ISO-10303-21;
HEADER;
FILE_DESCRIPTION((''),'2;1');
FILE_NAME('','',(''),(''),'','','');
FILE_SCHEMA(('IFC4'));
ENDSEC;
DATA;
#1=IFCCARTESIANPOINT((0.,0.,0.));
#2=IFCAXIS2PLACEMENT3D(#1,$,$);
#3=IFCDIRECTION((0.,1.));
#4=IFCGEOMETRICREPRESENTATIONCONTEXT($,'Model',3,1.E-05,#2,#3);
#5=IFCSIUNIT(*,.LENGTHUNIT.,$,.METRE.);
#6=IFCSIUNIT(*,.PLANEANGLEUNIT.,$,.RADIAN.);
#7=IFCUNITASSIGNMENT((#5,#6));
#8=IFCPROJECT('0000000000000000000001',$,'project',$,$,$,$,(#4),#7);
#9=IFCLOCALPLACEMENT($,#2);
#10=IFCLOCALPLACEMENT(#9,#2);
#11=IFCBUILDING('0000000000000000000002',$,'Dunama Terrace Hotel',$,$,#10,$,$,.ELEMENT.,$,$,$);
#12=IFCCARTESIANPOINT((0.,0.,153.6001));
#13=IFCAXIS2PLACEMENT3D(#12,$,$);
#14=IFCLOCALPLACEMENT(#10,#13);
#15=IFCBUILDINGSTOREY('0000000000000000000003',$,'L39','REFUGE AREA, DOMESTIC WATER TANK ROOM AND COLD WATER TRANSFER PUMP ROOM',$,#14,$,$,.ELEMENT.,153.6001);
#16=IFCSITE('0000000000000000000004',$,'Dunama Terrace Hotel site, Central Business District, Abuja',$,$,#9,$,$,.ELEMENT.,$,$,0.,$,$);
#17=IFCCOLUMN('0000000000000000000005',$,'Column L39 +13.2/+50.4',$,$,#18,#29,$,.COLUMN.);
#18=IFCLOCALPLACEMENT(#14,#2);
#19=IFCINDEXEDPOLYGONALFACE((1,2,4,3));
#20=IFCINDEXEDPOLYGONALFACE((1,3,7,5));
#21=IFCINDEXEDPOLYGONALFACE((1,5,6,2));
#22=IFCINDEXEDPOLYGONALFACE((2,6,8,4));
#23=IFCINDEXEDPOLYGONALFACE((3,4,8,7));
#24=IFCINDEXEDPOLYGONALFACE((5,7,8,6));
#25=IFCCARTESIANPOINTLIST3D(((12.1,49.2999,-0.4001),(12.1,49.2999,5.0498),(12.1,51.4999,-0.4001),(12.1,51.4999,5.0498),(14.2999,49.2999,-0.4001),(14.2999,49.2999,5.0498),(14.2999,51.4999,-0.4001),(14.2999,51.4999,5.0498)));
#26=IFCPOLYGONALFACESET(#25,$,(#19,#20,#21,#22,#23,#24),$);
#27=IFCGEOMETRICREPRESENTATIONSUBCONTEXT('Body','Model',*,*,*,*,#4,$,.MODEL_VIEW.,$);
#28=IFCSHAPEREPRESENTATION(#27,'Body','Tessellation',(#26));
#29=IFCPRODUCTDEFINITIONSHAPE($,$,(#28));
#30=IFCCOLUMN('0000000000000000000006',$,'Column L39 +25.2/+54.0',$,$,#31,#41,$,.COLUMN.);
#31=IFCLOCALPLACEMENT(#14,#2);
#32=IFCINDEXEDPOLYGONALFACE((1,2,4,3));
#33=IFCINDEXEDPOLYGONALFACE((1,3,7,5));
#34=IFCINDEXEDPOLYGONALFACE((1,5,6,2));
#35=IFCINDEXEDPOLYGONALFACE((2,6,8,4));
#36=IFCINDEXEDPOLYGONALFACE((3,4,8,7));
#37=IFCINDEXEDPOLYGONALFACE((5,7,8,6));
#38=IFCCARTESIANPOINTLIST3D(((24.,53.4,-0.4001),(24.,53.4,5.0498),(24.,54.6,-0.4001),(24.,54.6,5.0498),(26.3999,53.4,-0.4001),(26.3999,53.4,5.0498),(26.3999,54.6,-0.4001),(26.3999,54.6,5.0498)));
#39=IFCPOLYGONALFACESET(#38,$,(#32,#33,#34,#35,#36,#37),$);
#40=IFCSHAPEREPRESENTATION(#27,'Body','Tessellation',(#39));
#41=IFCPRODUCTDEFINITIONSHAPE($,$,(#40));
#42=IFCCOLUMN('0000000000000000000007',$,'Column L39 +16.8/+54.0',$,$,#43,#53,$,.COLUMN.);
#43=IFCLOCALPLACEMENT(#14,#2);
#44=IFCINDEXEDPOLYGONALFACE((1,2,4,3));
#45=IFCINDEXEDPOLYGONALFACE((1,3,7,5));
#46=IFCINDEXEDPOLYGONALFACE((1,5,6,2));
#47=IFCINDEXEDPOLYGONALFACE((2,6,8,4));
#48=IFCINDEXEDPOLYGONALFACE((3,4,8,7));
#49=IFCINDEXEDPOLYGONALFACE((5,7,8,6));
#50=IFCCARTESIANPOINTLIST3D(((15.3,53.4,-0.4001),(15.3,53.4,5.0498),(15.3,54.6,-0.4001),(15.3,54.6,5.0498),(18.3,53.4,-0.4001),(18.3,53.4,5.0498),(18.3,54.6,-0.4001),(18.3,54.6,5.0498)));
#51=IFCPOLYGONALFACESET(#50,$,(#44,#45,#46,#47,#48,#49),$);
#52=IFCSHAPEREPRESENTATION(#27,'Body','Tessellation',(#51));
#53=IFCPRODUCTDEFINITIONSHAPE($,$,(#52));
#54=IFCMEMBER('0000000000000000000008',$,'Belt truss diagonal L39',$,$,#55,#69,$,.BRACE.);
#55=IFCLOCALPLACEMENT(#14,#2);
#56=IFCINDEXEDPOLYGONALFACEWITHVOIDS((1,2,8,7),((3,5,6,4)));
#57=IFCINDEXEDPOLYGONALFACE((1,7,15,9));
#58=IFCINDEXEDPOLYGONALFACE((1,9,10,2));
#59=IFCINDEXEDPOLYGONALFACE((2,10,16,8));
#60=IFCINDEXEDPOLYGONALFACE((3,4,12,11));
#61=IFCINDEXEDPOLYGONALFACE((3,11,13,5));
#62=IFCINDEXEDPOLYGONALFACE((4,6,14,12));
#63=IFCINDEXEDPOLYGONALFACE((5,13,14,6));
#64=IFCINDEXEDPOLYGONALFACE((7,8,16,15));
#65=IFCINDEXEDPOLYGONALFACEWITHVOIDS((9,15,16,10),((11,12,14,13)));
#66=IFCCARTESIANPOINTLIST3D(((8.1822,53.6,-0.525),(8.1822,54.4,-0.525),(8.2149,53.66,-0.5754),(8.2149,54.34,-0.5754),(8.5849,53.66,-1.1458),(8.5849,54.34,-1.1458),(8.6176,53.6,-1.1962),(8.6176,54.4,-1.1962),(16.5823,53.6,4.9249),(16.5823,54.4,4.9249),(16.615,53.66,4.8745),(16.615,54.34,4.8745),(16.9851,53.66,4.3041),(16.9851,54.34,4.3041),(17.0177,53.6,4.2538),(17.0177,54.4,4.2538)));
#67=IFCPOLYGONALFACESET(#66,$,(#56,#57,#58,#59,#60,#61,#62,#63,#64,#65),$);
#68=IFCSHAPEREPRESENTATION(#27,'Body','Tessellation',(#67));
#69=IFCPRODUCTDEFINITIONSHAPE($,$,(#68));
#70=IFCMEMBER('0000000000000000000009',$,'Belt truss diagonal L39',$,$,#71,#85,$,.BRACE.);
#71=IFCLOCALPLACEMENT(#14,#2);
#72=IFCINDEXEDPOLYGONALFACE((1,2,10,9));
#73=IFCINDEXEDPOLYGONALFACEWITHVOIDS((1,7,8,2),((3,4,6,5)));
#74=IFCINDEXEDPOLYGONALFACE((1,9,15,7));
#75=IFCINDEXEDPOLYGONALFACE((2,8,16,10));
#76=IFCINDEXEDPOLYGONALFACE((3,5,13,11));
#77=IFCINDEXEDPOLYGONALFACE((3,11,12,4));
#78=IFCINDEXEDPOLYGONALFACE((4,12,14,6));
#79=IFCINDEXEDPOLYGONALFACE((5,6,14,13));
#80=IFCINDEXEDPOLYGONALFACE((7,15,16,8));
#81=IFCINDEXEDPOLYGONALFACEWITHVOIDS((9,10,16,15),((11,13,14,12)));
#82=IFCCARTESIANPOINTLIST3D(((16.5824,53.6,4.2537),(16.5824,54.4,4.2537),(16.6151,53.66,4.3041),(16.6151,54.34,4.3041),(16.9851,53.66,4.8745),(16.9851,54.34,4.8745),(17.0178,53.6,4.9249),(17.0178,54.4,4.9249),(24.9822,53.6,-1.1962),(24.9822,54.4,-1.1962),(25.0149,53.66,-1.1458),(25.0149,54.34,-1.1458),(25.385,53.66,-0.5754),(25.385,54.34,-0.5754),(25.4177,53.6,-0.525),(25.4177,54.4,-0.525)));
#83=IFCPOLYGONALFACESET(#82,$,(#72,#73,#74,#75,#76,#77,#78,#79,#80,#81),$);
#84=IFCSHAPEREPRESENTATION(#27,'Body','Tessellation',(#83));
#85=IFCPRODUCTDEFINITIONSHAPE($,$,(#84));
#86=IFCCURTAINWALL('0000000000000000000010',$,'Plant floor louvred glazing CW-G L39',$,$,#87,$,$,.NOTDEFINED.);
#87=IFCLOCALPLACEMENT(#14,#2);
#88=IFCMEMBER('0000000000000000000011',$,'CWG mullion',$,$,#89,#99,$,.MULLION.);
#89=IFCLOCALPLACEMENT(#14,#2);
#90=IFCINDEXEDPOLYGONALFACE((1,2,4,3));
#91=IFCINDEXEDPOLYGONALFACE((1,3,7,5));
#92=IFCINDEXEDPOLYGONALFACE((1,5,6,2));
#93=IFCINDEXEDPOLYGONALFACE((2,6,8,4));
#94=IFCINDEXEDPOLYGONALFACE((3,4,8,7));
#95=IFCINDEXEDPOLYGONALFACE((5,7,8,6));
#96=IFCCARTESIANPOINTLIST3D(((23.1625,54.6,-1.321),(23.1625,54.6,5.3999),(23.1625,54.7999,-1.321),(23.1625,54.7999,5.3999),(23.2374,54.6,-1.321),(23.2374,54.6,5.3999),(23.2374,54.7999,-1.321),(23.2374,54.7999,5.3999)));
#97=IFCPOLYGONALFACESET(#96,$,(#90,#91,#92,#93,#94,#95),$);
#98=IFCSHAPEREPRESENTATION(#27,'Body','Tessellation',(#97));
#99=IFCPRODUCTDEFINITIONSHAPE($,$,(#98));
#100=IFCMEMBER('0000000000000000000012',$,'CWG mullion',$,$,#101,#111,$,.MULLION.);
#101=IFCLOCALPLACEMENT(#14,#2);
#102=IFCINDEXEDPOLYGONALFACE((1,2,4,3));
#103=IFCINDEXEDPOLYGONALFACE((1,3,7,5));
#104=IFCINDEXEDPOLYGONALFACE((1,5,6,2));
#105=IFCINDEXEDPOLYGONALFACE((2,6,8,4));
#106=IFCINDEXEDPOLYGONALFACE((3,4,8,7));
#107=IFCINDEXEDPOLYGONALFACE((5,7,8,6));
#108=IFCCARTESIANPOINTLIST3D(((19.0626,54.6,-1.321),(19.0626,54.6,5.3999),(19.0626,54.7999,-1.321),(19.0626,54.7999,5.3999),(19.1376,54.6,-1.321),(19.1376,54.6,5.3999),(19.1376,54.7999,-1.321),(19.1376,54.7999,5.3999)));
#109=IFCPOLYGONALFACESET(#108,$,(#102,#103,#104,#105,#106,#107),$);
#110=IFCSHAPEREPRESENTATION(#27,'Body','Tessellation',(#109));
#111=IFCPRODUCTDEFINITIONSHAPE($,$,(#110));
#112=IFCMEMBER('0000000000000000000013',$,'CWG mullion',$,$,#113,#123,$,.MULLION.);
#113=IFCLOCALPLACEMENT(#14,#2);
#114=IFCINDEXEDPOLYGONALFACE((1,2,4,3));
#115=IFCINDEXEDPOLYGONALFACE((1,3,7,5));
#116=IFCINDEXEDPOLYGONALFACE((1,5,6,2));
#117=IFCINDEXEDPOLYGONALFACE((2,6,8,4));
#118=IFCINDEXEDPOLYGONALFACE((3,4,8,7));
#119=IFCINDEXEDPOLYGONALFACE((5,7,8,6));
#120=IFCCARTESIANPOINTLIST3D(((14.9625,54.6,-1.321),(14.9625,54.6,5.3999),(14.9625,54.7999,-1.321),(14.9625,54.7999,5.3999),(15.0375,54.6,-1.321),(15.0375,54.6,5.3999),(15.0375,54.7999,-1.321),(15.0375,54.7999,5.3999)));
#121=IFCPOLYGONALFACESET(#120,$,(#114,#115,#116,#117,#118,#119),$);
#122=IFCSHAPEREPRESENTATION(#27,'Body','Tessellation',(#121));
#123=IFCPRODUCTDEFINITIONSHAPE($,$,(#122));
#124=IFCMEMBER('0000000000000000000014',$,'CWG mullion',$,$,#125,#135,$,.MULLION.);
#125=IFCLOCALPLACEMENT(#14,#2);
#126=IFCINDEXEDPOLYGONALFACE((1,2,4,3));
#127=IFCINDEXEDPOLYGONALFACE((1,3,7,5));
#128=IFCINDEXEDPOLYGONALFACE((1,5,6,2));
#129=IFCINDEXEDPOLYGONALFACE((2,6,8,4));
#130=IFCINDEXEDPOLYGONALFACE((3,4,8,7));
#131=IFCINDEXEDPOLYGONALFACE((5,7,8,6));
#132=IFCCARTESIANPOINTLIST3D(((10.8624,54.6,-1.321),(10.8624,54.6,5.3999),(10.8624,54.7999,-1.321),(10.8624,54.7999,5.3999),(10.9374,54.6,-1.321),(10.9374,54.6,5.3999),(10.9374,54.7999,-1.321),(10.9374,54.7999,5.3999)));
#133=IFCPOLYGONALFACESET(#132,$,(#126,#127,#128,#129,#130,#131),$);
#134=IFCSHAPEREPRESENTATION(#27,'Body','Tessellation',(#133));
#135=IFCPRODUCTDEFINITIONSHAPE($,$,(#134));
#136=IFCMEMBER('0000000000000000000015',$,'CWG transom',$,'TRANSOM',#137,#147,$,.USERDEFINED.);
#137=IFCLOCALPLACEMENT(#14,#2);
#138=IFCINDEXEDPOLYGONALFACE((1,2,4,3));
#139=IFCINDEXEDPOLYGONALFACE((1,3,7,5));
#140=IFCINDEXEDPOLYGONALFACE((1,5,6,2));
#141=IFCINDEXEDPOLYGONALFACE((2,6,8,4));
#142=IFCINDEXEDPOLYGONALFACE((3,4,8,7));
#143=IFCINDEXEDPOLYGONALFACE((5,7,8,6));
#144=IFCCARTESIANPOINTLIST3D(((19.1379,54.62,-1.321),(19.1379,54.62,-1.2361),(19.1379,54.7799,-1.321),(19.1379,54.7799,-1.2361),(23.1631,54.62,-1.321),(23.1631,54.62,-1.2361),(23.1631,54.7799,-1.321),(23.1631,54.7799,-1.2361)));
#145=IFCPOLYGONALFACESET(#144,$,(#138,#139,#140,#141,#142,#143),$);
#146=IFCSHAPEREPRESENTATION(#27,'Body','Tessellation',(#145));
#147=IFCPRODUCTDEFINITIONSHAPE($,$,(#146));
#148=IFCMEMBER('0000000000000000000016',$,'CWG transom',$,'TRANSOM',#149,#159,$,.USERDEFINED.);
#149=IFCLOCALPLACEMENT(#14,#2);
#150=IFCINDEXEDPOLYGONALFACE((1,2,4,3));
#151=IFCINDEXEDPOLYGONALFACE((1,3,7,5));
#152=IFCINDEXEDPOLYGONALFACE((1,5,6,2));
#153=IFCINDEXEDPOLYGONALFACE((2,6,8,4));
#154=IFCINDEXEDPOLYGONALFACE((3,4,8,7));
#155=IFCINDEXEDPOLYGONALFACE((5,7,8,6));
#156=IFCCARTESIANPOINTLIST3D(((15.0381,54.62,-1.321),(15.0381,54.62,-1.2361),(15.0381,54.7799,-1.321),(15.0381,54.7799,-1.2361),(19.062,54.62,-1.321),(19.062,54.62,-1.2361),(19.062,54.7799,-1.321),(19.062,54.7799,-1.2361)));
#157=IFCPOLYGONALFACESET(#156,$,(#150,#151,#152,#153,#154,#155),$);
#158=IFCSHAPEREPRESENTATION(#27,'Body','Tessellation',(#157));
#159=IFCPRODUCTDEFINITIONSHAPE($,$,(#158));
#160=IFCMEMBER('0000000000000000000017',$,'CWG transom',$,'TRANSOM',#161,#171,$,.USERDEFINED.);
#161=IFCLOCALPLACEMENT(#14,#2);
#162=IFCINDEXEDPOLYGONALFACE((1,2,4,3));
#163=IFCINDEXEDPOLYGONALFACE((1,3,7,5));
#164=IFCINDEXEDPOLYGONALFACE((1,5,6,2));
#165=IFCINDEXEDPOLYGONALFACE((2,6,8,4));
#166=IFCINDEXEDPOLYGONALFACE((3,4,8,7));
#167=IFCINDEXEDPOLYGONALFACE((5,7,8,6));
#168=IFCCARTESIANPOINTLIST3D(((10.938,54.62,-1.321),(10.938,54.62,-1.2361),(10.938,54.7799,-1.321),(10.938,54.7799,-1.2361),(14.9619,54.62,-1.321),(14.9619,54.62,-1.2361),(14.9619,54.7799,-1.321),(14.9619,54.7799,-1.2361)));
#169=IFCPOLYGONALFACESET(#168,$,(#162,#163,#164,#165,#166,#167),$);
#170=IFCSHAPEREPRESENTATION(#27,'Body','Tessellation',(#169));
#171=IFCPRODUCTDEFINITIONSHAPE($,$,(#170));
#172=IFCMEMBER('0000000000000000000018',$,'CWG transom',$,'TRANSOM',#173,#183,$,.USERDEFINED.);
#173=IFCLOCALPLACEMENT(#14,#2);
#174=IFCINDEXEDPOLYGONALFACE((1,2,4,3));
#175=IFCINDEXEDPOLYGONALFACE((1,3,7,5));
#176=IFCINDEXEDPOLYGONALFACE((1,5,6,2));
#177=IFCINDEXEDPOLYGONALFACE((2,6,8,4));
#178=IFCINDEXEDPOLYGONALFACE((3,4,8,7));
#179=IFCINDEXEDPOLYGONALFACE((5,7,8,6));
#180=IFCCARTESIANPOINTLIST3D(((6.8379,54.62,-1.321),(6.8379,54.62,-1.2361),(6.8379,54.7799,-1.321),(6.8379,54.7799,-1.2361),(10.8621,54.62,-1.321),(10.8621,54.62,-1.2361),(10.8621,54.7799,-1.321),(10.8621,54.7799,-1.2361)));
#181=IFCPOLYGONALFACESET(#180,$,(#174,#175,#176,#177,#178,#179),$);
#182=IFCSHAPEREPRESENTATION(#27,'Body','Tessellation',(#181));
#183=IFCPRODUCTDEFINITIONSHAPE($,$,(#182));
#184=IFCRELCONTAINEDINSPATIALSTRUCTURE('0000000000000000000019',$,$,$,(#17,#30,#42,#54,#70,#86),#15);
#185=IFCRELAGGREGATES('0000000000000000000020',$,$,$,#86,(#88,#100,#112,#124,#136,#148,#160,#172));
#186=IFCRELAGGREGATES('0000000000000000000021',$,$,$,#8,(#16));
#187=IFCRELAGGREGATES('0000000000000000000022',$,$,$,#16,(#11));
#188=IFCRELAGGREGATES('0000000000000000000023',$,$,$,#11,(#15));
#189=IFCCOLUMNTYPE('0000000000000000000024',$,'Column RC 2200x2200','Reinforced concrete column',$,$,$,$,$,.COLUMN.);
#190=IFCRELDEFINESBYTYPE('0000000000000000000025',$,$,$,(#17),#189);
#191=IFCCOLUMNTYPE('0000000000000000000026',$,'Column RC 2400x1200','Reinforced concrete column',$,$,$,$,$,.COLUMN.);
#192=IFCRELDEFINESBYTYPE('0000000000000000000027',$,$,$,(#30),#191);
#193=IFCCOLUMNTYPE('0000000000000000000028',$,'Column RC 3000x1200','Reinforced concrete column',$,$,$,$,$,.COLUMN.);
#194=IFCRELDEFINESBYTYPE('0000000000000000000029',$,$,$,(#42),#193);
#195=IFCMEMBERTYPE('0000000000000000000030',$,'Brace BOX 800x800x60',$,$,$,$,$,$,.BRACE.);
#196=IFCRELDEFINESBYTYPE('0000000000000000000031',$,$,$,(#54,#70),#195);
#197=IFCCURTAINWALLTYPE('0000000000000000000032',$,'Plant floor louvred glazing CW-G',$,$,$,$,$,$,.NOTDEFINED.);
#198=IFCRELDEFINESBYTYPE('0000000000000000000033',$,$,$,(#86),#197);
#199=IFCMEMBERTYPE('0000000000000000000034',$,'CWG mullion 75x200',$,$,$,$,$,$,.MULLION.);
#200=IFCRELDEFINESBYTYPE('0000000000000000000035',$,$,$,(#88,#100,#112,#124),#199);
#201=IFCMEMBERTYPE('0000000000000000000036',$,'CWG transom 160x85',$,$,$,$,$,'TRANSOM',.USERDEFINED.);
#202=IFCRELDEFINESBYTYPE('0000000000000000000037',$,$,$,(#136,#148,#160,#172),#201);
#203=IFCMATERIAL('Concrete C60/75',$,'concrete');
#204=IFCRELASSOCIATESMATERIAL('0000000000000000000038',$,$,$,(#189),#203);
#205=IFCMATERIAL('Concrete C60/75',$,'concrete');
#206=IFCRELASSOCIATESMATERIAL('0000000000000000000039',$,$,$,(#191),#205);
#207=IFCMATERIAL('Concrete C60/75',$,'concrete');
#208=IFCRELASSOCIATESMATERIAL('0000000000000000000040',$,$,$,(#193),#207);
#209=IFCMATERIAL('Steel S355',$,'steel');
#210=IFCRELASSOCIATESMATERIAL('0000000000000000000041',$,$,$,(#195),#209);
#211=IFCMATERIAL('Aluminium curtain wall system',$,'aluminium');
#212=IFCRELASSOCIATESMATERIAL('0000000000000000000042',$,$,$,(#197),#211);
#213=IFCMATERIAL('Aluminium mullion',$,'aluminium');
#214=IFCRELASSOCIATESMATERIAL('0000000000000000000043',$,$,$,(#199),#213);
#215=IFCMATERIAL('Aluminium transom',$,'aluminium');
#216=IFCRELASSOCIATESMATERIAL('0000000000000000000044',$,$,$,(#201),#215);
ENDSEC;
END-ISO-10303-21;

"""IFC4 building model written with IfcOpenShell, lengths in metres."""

from ifc_helpers import new_model, si_unit, direction, frame, origin, origin_2d, place, context, subcontext, project, spatial, rectangle, hollow_rectangle, extrude, material, material_profile, profile_set, type_object, element, aggregate, save


model = new_model("IFC4")

# Units and contexts
model_context = context("Model", 3, precision=1e-05, world=origin(), true_north=direction((0.0, 1.0)))
body_context = subcontext(model_context, "Body", "Model", "MODEL_VIEW")
ifc_project = project(units=[si_unit("LENGTHUNIT", "METRE"), si_unit("PLANEANGLEUNIT", "RADIAN")], contexts=[model_context])

# Site, building, storey
site_placement = place(None, origin())
site = spatial("IfcSite", under=ifc_project, at=site_placement, Name="Dunama Terrace Hotel site, Central Business District, Abuja", CompositionType="ELEMENT", RefElevation=0.0)
building_placement = place(site_placement, origin())
building = spatial("IfcBuilding", under=site, at=building_placement, Name="Dunama Terrace Hotel", CompositionType="ELEMENT")
storey_placement = place(building_placement, frame((0.0, 0.0, 153.6001)))
storey = spatial("IfcBuildingStorey", under=building, at=storey_placement, Name="L39", Description="REFUGE AREA, DOMESTIC WATER TANK ROOM AND COLD WATER TRANSFER PUMP ROOM", CompositionType="ELEMENT", Elevation=153.6001)

# Columns
ifc_material_1 = material(Name="Concrete C60/75", Category="concrete")
ifc_material_profile_1 = material_profile(ifc_material_1, rectangle(XDim=2.2, YDim=2.2, at=origin_2d()), Name="RC 2200x2200")
ifc_profile_set_1 = profile_set([ifc_material_profile_1], Name="Concrete C60/75")
column_type_1 = type_object("IfcColumnType", Name="Column RC 2200x2200", Description="Reinforced concrete column", PredefinedType="COLUMN", material=ifc_profile_set_1)
column_1_placement = place(storey_placement, frame((13.2, 50.3999, -0.4001), z_axis=(0.0, 0.0, 1.0), x_axis=(1.0, 0.0, 0.0)))
element("IfcColumn", 1, at=column_1_placement, inside=storey, type_object=column_type_1, Name="Column L39 +13.2/+50.4", PredefinedType="COLUMN", context=body_context, shape_type="SweptSolid", body=[
    extrude(rectangle(XDim=2.2, YDim=2.2, at=origin_2d()), origin(), (0.0, 0.0, 1.0), 5.45),
])
ifc_material_2 = material(Name="Concrete C60/75", Category="concrete")
ifc_material_profile_2 = material_profile(ifc_material_2, rectangle(XDim=2.3999, YDim=1.2, at=origin_2d()), Name="RC 2400x1200")
ifc_profile_set_2 = profile_set([ifc_material_profile_2], Name="Concrete C60/75")
column_type_2 = type_object("IfcColumnType", Name="Column RC 2400x1200", Description="Reinforced concrete column", PredefinedType="COLUMN", material=ifc_profile_set_2)
column_2_placement = place(storey_placement, frame((25.2, 54.0, -0.4001), z_axis=(0.0, 0.0, 1.0), x_axis=(1.0, 0.0, 0.0)))
element("IfcColumn", 2, at=column_2_placement, inside=storey, type_object=column_type_2, Name="Column L39 +25.2/+54.0", PredefinedType="COLUMN", context=body_context, shape_type="SweptSolid", body=[
    extrude(rectangle(XDim=2.3999, YDim=1.2, at=origin_2d()), origin(), (0.0, 0.0, 1.0), 5.45),
])
ifc_material_3 = material(Name="Concrete C60/75", Category="concrete")
ifc_material_profile_3 = material_profile(ifc_material_3, rectangle(XDim=3.0, YDim=1.2, at=origin_2d()), Name="RC 3000x1200")
ifc_profile_set_3 = profile_set([ifc_material_profile_3], Name="Concrete C60/75")
column_type_3 = type_object("IfcColumnType", Name="Column RC 3000x1200", Description="Reinforced concrete column", PredefinedType="COLUMN", material=ifc_profile_set_3)
column_3_placement = place(storey_placement, frame((16.8, 54.0, -0.4001), z_axis=(0.0, 0.0, 1.0), x_axis=(1.0, 0.0, 0.0)))
element("IfcColumn", 3, at=column_3_placement, inside=storey, type_object=column_type_3, Name="Column L39 +16.8/+54.0", PredefinedType="COLUMN", context=body_context, shape_type="SweptSolid", body=[
    extrude(rectangle(XDim=3.0, YDim=1.2, at=origin_2d()), origin(), (0.0, 0.0, 1.0), 5.45),
])

# Members
ifc_material_4 = material(Name="Steel S355", Category="steel")
ifc_material_profile_4 = material_profile(ifc_material_4, hollow_rectangle(XDim=0.8, YDim=0.8, WallThickness=0.0601, at=origin_2d()), Name="BOX 800x800x60")
ifc_profile_set_4 = profile_set([ifc_material_profile_4], Name="Steel S355")
member_type_1 = type_object("IfcMemberType", Name="Brace BOX 800x800x60", PredefinedType="BRACE", material=ifc_profile_set_4)
member_1_placement = place(storey_placement, frame((8.3999, 54.0, -0.8606), z_axis=(0.838906, 0.0, 0.544276), x_axis=(0.0, 1.0, 0.0)))
element("IfcMember", 4, at=member_1_placement, inside=storey, type_object=member_type_1, Name="Belt truss diagonal L39", PredefinedType="BRACE", context=body_context, shape_type="SweptSolid", body=[
    extrude(hollow_rectangle(XDim=0.8, YDim=0.8, WallThickness=0.0601, at=origin_2d()), origin(), (0.0, 0.0, 1.0), 10.0132),
])
member_2_placement = place(storey_placement, frame((25.2, 54.0, -0.8606), z_axis=(-0.838899, 0.0, 0.544287), x_axis=(0.0, -1.0, 0.0)))
element("IfcMember", 5, at=member_2_placement, inside=storey, type_object=member_type_1, Name="Belt truss diagonal L39", PredefinedType="BRACE", context=body_context, shape_type="SweptSolid", body=[
    extrude(hollow_rectangle(XDim=0.8, YDim=0.8, WallThickness=0.0601, at=origin_2d()), origin(), (0.0, 0.0, 1.0), 10.0129),
])

# Curtain wall, members
ifc_material_5 = material(Name="Aluminium curtain wall system", Category="aluminium")
curtain_wall_type = type_object("IfcCurtainWallType", Name="Plant floor louvred glazing CW-G", PredefinedType="NOTDEFINED", material=ifc_material_5)
curtain_wall_placement = place(storey_placement, origin())
curtain_wall = element("IfcCurtainWall", 6, at=curtain_wall_placement, inside=storey, type_object=curtain_wall_type, Name="Plant floor louvred glazing CW-G L39", PredefinedType="NOTDEFINED")
ifc_material_6 = material(Name="Aluminium mullion", Category="aluminium")
ifc_material_profile_5 = material_profile(ifc_material_6, rectangle(XDim=0.075, YDim=0.2, at=origin_2d()), Name="CWG MULLION 75X200")
ifc_profile_set_5 = profile_set([ifc_material_profile_5], Name="Aluminium mullion")
member_type_2 = type_object("IfcMemberType", Name="CWG mullion 75x200", PredefinedType="MULLION", material=ifc_profile_set_5)
member_3_placement = place(storey_placement, frame((23.2, 54.7, -1.321), z_axis=(0.0, 0.0, 1.0), x_axis=(-1.0, 0.0, 0.0)))
member_3 = element("IfcMember", 7, at=member_3_placement, type_object=member_type_2, Name="CWG mullion", PredefinedType="MULLION", context=body_context, shape_type="SweptSolid", body=[
    extrude(rectangle(XDim=0.075, YDim=0.2, at=origin_2d()), origin(), (0.0, 0.0, 1.0), 6.7209),
])
member_4_placement = place(storey_placement, frame((19.1001, 54.7, -1.321), z_axis=(0.0, 0.0, 1.0), x_axis=(-1.0, 0.0, 0.0)))
member_4 = element("IfcMember", 8, at=member_4_placement, type_object=member_type_2, Name="CWG mullion", PredefinedType="MULLION", context=body_context, shape_type="SweptSolid", body=[
    extrude(rectangle(XDim=0.075, YDim=0.2, at=origin_2d()), origin(), (0.0, 0.0, 1.0), 6.7209),
])
member_5_placement = place(storey_placement, frame((15.0, 54.7, -1.321), z_axis=(0.0, 0.0, 1.0), x_axis=(-1.0, 0.0, 0.0)))
member_5 = element("IfcMember", 9, at=member_5_placement, type_object=member_type_2, Name="CWG mullion", PredefinedType="MULLION", context=body_context, shape_type="SweptSolid", body=[
    extrude(rectangle(XDim=0.075, YDim=0.2, at=origin_2d()), origin(), (0.0, 0.0, 1.0), 6.7209),
])
member_6_placement = place(storey_placement, frame((10.8999, 54.7, -1.321), z_axis=(0.0, 0.0, 1.0), x_axis=(-1.0, 0.0, 0.0)))
member_6 = element("IfcMember", 10, at=member_6_placement, type_object=member_type_2, Name="CWG mullion", PredefinedType="MULLION", context=body_context, shape_type="SweptSolid", body=[
    extrude(rectangle(XDim=0.075, YDim=0.2, at=origin_2d()), origin(), (0.0, 0.0, 1.0), 6.7209),
])
ifc_material_7 = material(Name="Aluminium transom", Category="aluminium")
ifc_material_profile_6 = material_profile(ifc_material_7, rectangle(XDim=0.1599, YDim=0.085, at=origin_2d()), Name="CWG TRANSOM 160X85")
ifc_profile_set_6 = profile_set([ifc_material_profile_6], Name="Aluminium transom")
member_type_3 = type_object("IfcMemberType", Name="CWG transom 160x85", ElementType="TRANSOM", PredefinedType="USERDEFINED", material=ifc_profile_set_6)
member_7_placement = place(storey_placement, frame((23.1631, 54.7, -1.2786), z_axis=(-1.0, 0.0, 0.0), x_axis=(0.0, -1.0, 0.0)))
member_7 = element("IfcMember", 11, at=member_7_placement, type_object=member_type_3, Name="CWG transom", ObjectType="TRANSOM", PredefinedType="USERDEFINED", context=body_context, shape_type="SweptSolid", body=[
    extrude(rectangle(XDim=0.1599, YDim=0.085, at=origin_2d()), origin(), (0.0, 0.0, 1.0), 4.0251),
])
member_8_placement = place(storey_placement, frame((19.062, 54.7, -1.2786), z_axis=(-1.0, 0.0, 0.0), x_axis=(0.0, -1.0, 0.0)))
member_8 = element("IfcMember", 12, at=member_8_placement, type_object=member_type_3, Name="CWG transom", ObjectType="TRANSOM", PredefinedType="USERDEFINED", context=body_context, shape_type="SweptSolid", body=[
    extrude(rectangle(XDim=0.1599, YDim=0.085, at=origin_2d()), origin(), (0.0, 0.0, 1.0), 4.0239),
])
member_9_placement = place(storey_placement, frame((14.9619, 54.7, -1.2786), z_axis=(-1.0, 0.0, 0.0), x_axis=(0.0, -1.0, 0.0)))
member_9 = element("IfcMember", 13, at=member_9_placement, type_object=member_type_3, Name="CWG transom", ObjectType="TRANSOM", PredefinedType="USERDEFINED", context=body_context, shape_type="SweptSolid", body=[
    extrude(rectangle(XDim=0.1599, YDim=0.085, at=origin_2d()), origin(), (0.0, 0.0, 1.0), 4.0239),
])
member_10_placement = place(storey_placement, frame((10.8621, 54.7, -1.2786), z_axis=(-1.0, 0.0, 0.0), x_axis=(0.0, -1.0, 0.0)))
member_10 = element("IfcMember", 14, at=member_10_placement, type_object=member_type_3, Name="CWG transom", ObjectType="TRANSOM", PredefinedType="USERDEFINED", context=body_context, shape_type="SweptSolid", body=[
    extrude(rectangle(XDim=0.1599, YDim=0.085, at=origin_2d()), origin(), (0.0, 0.0, 1.0), 4.0242),
])

aggregate(curtain_wall, [member_3, member_4, member_5, member_6, member_7, member_8, member_9, member_10])

save(model, "model.ifc")
